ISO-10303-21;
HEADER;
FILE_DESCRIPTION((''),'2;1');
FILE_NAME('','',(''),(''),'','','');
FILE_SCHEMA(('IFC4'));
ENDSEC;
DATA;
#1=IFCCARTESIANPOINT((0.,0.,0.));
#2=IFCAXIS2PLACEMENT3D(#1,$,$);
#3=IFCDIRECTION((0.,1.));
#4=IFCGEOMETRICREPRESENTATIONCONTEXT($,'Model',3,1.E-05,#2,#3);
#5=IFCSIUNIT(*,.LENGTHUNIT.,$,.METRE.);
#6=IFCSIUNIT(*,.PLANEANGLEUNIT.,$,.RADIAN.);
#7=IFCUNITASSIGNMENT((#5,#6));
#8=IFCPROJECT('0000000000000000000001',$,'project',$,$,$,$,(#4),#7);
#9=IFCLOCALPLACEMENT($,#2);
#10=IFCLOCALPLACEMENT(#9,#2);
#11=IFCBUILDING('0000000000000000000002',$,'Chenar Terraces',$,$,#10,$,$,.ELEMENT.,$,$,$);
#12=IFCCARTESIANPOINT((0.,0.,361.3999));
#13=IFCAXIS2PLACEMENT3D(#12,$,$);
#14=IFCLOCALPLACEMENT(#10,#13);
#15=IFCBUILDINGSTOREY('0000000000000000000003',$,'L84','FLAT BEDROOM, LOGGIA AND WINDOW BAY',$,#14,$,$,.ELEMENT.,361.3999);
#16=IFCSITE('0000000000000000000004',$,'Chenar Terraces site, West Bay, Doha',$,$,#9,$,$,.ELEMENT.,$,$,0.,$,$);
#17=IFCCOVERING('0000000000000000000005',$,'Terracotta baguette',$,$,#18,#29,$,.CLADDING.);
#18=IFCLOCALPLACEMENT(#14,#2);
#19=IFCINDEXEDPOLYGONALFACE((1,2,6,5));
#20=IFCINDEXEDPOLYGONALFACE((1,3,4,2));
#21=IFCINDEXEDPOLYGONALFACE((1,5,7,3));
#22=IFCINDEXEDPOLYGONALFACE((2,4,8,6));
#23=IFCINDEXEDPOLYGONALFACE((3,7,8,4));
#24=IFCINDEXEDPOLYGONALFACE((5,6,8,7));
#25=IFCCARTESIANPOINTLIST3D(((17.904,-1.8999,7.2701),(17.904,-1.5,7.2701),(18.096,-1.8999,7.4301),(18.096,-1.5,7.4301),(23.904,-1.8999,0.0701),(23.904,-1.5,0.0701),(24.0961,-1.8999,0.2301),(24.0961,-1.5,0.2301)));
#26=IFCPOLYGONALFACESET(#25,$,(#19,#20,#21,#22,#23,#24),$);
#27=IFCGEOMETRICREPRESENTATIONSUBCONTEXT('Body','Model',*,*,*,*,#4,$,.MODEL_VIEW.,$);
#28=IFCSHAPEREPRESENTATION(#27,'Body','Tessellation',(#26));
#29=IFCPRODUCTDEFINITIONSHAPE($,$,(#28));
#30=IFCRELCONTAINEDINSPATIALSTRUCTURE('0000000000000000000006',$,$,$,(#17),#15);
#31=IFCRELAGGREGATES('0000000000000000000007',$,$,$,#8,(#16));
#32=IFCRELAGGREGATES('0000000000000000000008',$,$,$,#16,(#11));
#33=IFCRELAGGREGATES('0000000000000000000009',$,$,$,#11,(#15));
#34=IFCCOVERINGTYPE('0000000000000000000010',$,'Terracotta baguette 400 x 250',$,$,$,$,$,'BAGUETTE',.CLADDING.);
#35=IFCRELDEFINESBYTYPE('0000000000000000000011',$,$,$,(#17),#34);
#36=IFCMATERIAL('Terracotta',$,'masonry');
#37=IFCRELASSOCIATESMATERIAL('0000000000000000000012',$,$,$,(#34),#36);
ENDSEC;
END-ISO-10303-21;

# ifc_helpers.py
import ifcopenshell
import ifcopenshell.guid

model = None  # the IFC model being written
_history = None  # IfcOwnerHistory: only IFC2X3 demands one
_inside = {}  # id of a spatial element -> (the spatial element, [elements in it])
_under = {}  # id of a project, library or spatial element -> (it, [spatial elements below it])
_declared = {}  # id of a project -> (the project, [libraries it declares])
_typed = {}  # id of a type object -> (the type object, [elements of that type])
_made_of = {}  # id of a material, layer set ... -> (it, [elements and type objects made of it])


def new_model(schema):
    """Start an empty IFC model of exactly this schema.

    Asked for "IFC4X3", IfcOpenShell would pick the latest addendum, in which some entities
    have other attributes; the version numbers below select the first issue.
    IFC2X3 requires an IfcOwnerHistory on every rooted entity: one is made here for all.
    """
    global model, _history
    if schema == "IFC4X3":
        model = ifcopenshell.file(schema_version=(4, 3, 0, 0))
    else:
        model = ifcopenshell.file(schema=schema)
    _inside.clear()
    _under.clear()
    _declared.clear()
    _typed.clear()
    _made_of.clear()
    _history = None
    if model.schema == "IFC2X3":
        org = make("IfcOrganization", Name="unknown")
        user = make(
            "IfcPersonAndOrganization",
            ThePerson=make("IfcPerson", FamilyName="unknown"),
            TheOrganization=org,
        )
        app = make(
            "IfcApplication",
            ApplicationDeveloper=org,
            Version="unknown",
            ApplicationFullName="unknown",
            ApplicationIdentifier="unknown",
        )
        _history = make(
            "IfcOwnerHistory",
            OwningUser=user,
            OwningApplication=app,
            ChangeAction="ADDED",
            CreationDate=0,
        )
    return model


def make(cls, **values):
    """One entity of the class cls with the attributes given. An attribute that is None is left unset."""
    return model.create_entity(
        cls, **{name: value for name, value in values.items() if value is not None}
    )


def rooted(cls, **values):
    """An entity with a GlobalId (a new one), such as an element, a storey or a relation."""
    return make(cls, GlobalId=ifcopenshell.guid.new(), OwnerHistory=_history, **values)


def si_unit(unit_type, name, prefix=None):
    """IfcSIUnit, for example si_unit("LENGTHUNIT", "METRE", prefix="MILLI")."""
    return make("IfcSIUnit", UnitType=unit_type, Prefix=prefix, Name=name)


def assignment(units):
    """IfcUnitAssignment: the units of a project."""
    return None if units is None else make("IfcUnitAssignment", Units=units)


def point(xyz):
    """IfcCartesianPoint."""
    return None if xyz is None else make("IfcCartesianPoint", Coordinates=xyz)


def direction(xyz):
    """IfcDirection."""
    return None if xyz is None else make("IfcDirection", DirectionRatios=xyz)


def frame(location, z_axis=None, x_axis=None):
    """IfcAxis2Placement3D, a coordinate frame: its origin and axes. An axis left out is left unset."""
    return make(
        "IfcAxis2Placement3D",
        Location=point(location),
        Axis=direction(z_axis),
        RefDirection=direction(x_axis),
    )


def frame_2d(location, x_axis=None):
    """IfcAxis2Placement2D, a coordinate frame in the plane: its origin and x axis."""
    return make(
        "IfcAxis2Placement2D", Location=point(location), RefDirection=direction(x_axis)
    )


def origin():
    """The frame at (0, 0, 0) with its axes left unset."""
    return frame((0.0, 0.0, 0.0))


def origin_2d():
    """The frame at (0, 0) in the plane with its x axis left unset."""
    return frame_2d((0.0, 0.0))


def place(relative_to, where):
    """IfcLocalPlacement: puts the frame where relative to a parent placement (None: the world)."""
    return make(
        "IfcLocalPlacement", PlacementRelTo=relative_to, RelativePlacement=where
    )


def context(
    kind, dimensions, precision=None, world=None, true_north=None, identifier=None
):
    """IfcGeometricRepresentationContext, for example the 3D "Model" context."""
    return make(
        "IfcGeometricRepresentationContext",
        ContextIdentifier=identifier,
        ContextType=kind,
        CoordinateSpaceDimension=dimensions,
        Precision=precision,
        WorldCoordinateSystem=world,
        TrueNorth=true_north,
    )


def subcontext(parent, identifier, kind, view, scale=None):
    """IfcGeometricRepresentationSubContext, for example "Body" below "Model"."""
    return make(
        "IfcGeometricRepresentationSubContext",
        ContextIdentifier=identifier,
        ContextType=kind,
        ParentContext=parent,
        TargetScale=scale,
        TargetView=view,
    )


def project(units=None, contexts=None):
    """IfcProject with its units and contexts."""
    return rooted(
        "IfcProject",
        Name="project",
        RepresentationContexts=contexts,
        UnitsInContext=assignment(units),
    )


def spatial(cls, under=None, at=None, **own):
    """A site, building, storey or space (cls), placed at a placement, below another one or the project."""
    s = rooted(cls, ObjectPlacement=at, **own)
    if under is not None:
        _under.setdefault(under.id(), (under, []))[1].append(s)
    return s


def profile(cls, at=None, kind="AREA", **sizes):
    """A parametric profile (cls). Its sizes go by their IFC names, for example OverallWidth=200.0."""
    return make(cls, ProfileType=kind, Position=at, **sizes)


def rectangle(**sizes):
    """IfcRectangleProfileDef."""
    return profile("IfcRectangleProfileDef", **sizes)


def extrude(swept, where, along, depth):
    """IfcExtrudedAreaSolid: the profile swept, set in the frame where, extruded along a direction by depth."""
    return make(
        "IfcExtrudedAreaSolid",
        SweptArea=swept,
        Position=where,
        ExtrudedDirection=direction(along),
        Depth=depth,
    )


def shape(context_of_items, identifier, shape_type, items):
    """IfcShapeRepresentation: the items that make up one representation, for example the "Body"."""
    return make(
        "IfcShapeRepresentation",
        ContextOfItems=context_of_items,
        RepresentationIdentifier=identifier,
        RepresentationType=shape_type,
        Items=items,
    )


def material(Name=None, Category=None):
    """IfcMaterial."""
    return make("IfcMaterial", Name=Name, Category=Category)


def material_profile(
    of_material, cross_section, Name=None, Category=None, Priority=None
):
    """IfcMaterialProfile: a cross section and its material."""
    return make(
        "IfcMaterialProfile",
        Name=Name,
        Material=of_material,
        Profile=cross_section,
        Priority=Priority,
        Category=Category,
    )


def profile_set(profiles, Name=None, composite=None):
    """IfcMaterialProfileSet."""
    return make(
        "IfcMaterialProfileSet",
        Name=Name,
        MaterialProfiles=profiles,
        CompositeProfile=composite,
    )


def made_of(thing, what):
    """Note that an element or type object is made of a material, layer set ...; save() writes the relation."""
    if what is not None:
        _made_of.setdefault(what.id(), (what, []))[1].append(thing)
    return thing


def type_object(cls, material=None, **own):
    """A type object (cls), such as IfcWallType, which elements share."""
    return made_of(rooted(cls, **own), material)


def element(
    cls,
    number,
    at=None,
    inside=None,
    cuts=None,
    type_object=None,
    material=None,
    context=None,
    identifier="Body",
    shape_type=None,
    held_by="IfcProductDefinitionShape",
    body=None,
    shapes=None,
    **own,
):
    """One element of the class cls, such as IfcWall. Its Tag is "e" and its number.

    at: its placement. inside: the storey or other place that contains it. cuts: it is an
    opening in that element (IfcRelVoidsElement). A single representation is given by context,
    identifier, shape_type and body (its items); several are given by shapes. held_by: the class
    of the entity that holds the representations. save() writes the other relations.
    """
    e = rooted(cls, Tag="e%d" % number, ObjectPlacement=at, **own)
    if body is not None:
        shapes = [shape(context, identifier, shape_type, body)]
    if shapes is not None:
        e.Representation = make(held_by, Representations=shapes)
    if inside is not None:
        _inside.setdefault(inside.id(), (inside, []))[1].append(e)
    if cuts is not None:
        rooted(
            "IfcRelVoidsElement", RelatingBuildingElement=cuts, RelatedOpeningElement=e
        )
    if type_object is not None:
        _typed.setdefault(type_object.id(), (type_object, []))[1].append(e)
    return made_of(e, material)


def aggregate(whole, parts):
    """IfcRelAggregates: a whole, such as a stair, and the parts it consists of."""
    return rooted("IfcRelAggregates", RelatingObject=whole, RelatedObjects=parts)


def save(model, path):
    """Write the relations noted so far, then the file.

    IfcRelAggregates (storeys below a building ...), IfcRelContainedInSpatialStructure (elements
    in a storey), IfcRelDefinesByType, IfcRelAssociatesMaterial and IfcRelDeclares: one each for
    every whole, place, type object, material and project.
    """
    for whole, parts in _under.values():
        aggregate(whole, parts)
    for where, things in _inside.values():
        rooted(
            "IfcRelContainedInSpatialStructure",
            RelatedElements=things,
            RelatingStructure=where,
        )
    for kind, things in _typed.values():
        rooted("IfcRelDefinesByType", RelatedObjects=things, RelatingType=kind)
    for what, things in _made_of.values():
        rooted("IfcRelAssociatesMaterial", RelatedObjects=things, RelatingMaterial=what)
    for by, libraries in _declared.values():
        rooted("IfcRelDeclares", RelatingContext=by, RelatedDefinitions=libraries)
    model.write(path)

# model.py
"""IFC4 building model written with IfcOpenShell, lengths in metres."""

from ifc_helpers import new_model, si_unit, direction, frame, origin, origin_2d, place, context, subcontext, project, spatial, rectangle, extrude, material, material_profile, profile_set, type_object, element, save


model = new_model("IFC4")

# Units and contexts
model_context = context("Model", 3, precision=1e-05, world=origin(), true_north=direction((0.0, 1.0)))
body_context = subcontext(model_context, "Body", "Model", "MODEL_VIEW")
ifc_project = project(units=[si_unit("LENGTHUNIT", "METRE"), si_unit("PLANEANGLEUNIT", "RADIAN")], contexts=[model_context])

# Site, building, storey
site_placement = place(None, origin())
site = spatial("IfcSite", under=ifc_project, at=site_placement, Name="Chenar Terraces site, West Bay, Doha", CompositionType="ELEMENT", RefElevation=0.0)
building_placement = place(site_placement, origin())
building = spatial("IfcBuilding", under=site, at=building_placement, Name="Chenar Terraces", CompositionType="ELEMENT")
storey_placement = place(building_placement, frame((0.0, 0.0, 361.3999)))
storey = spatial("IfcBuildingStorey", under=building, at=storey_placement, Name="L84", Description="FLAT BEDROOM, LOGGIA AND WINDOW BAY", CompositionType="ELEMENT", Elevation=361.3999)

# Covering
ifc_material_1 = material(Name="Terracotta", Category="masonry")
ifc_material_profile_1 = material_profile(ifc_material_1, rectangle(XDim=0.3999, YDim=0.25, at=origin_2d()), Name="Terracotta baguette 400 x 250")
ifc_profile_set_1 = profile_set([ifc_material_profile_1], Name="Terracotta")
covering_type = type_object("IfcCoveringType", Name="Terracotta baguette 400 x 250", ElementType="BAGUETTE", PredefinedType="CLADDING", material=ifc_profile_set_1)
covering_placement = place(storey_placement, frame((18.0, -1.7, 7.3501), z_axis=(0.640187, 0.0, -0.768219), x_axis=(0.0, 1.0, 0.0)))
element("IfcCovering", 1, at=covering_placement, inside=storey, type_object=covering_type, Name="Terracotta baguette", PredefinedType="CLADDING", context=body_context, shape_type="SweptSolid", body=[
    extrude(rectangle(XDim=0.3999, YDim=0.25, at=origin_2d()), origin(), (0.0, 0.0, 1.0), 9.3723),
])

save(model, "model.ifc")
